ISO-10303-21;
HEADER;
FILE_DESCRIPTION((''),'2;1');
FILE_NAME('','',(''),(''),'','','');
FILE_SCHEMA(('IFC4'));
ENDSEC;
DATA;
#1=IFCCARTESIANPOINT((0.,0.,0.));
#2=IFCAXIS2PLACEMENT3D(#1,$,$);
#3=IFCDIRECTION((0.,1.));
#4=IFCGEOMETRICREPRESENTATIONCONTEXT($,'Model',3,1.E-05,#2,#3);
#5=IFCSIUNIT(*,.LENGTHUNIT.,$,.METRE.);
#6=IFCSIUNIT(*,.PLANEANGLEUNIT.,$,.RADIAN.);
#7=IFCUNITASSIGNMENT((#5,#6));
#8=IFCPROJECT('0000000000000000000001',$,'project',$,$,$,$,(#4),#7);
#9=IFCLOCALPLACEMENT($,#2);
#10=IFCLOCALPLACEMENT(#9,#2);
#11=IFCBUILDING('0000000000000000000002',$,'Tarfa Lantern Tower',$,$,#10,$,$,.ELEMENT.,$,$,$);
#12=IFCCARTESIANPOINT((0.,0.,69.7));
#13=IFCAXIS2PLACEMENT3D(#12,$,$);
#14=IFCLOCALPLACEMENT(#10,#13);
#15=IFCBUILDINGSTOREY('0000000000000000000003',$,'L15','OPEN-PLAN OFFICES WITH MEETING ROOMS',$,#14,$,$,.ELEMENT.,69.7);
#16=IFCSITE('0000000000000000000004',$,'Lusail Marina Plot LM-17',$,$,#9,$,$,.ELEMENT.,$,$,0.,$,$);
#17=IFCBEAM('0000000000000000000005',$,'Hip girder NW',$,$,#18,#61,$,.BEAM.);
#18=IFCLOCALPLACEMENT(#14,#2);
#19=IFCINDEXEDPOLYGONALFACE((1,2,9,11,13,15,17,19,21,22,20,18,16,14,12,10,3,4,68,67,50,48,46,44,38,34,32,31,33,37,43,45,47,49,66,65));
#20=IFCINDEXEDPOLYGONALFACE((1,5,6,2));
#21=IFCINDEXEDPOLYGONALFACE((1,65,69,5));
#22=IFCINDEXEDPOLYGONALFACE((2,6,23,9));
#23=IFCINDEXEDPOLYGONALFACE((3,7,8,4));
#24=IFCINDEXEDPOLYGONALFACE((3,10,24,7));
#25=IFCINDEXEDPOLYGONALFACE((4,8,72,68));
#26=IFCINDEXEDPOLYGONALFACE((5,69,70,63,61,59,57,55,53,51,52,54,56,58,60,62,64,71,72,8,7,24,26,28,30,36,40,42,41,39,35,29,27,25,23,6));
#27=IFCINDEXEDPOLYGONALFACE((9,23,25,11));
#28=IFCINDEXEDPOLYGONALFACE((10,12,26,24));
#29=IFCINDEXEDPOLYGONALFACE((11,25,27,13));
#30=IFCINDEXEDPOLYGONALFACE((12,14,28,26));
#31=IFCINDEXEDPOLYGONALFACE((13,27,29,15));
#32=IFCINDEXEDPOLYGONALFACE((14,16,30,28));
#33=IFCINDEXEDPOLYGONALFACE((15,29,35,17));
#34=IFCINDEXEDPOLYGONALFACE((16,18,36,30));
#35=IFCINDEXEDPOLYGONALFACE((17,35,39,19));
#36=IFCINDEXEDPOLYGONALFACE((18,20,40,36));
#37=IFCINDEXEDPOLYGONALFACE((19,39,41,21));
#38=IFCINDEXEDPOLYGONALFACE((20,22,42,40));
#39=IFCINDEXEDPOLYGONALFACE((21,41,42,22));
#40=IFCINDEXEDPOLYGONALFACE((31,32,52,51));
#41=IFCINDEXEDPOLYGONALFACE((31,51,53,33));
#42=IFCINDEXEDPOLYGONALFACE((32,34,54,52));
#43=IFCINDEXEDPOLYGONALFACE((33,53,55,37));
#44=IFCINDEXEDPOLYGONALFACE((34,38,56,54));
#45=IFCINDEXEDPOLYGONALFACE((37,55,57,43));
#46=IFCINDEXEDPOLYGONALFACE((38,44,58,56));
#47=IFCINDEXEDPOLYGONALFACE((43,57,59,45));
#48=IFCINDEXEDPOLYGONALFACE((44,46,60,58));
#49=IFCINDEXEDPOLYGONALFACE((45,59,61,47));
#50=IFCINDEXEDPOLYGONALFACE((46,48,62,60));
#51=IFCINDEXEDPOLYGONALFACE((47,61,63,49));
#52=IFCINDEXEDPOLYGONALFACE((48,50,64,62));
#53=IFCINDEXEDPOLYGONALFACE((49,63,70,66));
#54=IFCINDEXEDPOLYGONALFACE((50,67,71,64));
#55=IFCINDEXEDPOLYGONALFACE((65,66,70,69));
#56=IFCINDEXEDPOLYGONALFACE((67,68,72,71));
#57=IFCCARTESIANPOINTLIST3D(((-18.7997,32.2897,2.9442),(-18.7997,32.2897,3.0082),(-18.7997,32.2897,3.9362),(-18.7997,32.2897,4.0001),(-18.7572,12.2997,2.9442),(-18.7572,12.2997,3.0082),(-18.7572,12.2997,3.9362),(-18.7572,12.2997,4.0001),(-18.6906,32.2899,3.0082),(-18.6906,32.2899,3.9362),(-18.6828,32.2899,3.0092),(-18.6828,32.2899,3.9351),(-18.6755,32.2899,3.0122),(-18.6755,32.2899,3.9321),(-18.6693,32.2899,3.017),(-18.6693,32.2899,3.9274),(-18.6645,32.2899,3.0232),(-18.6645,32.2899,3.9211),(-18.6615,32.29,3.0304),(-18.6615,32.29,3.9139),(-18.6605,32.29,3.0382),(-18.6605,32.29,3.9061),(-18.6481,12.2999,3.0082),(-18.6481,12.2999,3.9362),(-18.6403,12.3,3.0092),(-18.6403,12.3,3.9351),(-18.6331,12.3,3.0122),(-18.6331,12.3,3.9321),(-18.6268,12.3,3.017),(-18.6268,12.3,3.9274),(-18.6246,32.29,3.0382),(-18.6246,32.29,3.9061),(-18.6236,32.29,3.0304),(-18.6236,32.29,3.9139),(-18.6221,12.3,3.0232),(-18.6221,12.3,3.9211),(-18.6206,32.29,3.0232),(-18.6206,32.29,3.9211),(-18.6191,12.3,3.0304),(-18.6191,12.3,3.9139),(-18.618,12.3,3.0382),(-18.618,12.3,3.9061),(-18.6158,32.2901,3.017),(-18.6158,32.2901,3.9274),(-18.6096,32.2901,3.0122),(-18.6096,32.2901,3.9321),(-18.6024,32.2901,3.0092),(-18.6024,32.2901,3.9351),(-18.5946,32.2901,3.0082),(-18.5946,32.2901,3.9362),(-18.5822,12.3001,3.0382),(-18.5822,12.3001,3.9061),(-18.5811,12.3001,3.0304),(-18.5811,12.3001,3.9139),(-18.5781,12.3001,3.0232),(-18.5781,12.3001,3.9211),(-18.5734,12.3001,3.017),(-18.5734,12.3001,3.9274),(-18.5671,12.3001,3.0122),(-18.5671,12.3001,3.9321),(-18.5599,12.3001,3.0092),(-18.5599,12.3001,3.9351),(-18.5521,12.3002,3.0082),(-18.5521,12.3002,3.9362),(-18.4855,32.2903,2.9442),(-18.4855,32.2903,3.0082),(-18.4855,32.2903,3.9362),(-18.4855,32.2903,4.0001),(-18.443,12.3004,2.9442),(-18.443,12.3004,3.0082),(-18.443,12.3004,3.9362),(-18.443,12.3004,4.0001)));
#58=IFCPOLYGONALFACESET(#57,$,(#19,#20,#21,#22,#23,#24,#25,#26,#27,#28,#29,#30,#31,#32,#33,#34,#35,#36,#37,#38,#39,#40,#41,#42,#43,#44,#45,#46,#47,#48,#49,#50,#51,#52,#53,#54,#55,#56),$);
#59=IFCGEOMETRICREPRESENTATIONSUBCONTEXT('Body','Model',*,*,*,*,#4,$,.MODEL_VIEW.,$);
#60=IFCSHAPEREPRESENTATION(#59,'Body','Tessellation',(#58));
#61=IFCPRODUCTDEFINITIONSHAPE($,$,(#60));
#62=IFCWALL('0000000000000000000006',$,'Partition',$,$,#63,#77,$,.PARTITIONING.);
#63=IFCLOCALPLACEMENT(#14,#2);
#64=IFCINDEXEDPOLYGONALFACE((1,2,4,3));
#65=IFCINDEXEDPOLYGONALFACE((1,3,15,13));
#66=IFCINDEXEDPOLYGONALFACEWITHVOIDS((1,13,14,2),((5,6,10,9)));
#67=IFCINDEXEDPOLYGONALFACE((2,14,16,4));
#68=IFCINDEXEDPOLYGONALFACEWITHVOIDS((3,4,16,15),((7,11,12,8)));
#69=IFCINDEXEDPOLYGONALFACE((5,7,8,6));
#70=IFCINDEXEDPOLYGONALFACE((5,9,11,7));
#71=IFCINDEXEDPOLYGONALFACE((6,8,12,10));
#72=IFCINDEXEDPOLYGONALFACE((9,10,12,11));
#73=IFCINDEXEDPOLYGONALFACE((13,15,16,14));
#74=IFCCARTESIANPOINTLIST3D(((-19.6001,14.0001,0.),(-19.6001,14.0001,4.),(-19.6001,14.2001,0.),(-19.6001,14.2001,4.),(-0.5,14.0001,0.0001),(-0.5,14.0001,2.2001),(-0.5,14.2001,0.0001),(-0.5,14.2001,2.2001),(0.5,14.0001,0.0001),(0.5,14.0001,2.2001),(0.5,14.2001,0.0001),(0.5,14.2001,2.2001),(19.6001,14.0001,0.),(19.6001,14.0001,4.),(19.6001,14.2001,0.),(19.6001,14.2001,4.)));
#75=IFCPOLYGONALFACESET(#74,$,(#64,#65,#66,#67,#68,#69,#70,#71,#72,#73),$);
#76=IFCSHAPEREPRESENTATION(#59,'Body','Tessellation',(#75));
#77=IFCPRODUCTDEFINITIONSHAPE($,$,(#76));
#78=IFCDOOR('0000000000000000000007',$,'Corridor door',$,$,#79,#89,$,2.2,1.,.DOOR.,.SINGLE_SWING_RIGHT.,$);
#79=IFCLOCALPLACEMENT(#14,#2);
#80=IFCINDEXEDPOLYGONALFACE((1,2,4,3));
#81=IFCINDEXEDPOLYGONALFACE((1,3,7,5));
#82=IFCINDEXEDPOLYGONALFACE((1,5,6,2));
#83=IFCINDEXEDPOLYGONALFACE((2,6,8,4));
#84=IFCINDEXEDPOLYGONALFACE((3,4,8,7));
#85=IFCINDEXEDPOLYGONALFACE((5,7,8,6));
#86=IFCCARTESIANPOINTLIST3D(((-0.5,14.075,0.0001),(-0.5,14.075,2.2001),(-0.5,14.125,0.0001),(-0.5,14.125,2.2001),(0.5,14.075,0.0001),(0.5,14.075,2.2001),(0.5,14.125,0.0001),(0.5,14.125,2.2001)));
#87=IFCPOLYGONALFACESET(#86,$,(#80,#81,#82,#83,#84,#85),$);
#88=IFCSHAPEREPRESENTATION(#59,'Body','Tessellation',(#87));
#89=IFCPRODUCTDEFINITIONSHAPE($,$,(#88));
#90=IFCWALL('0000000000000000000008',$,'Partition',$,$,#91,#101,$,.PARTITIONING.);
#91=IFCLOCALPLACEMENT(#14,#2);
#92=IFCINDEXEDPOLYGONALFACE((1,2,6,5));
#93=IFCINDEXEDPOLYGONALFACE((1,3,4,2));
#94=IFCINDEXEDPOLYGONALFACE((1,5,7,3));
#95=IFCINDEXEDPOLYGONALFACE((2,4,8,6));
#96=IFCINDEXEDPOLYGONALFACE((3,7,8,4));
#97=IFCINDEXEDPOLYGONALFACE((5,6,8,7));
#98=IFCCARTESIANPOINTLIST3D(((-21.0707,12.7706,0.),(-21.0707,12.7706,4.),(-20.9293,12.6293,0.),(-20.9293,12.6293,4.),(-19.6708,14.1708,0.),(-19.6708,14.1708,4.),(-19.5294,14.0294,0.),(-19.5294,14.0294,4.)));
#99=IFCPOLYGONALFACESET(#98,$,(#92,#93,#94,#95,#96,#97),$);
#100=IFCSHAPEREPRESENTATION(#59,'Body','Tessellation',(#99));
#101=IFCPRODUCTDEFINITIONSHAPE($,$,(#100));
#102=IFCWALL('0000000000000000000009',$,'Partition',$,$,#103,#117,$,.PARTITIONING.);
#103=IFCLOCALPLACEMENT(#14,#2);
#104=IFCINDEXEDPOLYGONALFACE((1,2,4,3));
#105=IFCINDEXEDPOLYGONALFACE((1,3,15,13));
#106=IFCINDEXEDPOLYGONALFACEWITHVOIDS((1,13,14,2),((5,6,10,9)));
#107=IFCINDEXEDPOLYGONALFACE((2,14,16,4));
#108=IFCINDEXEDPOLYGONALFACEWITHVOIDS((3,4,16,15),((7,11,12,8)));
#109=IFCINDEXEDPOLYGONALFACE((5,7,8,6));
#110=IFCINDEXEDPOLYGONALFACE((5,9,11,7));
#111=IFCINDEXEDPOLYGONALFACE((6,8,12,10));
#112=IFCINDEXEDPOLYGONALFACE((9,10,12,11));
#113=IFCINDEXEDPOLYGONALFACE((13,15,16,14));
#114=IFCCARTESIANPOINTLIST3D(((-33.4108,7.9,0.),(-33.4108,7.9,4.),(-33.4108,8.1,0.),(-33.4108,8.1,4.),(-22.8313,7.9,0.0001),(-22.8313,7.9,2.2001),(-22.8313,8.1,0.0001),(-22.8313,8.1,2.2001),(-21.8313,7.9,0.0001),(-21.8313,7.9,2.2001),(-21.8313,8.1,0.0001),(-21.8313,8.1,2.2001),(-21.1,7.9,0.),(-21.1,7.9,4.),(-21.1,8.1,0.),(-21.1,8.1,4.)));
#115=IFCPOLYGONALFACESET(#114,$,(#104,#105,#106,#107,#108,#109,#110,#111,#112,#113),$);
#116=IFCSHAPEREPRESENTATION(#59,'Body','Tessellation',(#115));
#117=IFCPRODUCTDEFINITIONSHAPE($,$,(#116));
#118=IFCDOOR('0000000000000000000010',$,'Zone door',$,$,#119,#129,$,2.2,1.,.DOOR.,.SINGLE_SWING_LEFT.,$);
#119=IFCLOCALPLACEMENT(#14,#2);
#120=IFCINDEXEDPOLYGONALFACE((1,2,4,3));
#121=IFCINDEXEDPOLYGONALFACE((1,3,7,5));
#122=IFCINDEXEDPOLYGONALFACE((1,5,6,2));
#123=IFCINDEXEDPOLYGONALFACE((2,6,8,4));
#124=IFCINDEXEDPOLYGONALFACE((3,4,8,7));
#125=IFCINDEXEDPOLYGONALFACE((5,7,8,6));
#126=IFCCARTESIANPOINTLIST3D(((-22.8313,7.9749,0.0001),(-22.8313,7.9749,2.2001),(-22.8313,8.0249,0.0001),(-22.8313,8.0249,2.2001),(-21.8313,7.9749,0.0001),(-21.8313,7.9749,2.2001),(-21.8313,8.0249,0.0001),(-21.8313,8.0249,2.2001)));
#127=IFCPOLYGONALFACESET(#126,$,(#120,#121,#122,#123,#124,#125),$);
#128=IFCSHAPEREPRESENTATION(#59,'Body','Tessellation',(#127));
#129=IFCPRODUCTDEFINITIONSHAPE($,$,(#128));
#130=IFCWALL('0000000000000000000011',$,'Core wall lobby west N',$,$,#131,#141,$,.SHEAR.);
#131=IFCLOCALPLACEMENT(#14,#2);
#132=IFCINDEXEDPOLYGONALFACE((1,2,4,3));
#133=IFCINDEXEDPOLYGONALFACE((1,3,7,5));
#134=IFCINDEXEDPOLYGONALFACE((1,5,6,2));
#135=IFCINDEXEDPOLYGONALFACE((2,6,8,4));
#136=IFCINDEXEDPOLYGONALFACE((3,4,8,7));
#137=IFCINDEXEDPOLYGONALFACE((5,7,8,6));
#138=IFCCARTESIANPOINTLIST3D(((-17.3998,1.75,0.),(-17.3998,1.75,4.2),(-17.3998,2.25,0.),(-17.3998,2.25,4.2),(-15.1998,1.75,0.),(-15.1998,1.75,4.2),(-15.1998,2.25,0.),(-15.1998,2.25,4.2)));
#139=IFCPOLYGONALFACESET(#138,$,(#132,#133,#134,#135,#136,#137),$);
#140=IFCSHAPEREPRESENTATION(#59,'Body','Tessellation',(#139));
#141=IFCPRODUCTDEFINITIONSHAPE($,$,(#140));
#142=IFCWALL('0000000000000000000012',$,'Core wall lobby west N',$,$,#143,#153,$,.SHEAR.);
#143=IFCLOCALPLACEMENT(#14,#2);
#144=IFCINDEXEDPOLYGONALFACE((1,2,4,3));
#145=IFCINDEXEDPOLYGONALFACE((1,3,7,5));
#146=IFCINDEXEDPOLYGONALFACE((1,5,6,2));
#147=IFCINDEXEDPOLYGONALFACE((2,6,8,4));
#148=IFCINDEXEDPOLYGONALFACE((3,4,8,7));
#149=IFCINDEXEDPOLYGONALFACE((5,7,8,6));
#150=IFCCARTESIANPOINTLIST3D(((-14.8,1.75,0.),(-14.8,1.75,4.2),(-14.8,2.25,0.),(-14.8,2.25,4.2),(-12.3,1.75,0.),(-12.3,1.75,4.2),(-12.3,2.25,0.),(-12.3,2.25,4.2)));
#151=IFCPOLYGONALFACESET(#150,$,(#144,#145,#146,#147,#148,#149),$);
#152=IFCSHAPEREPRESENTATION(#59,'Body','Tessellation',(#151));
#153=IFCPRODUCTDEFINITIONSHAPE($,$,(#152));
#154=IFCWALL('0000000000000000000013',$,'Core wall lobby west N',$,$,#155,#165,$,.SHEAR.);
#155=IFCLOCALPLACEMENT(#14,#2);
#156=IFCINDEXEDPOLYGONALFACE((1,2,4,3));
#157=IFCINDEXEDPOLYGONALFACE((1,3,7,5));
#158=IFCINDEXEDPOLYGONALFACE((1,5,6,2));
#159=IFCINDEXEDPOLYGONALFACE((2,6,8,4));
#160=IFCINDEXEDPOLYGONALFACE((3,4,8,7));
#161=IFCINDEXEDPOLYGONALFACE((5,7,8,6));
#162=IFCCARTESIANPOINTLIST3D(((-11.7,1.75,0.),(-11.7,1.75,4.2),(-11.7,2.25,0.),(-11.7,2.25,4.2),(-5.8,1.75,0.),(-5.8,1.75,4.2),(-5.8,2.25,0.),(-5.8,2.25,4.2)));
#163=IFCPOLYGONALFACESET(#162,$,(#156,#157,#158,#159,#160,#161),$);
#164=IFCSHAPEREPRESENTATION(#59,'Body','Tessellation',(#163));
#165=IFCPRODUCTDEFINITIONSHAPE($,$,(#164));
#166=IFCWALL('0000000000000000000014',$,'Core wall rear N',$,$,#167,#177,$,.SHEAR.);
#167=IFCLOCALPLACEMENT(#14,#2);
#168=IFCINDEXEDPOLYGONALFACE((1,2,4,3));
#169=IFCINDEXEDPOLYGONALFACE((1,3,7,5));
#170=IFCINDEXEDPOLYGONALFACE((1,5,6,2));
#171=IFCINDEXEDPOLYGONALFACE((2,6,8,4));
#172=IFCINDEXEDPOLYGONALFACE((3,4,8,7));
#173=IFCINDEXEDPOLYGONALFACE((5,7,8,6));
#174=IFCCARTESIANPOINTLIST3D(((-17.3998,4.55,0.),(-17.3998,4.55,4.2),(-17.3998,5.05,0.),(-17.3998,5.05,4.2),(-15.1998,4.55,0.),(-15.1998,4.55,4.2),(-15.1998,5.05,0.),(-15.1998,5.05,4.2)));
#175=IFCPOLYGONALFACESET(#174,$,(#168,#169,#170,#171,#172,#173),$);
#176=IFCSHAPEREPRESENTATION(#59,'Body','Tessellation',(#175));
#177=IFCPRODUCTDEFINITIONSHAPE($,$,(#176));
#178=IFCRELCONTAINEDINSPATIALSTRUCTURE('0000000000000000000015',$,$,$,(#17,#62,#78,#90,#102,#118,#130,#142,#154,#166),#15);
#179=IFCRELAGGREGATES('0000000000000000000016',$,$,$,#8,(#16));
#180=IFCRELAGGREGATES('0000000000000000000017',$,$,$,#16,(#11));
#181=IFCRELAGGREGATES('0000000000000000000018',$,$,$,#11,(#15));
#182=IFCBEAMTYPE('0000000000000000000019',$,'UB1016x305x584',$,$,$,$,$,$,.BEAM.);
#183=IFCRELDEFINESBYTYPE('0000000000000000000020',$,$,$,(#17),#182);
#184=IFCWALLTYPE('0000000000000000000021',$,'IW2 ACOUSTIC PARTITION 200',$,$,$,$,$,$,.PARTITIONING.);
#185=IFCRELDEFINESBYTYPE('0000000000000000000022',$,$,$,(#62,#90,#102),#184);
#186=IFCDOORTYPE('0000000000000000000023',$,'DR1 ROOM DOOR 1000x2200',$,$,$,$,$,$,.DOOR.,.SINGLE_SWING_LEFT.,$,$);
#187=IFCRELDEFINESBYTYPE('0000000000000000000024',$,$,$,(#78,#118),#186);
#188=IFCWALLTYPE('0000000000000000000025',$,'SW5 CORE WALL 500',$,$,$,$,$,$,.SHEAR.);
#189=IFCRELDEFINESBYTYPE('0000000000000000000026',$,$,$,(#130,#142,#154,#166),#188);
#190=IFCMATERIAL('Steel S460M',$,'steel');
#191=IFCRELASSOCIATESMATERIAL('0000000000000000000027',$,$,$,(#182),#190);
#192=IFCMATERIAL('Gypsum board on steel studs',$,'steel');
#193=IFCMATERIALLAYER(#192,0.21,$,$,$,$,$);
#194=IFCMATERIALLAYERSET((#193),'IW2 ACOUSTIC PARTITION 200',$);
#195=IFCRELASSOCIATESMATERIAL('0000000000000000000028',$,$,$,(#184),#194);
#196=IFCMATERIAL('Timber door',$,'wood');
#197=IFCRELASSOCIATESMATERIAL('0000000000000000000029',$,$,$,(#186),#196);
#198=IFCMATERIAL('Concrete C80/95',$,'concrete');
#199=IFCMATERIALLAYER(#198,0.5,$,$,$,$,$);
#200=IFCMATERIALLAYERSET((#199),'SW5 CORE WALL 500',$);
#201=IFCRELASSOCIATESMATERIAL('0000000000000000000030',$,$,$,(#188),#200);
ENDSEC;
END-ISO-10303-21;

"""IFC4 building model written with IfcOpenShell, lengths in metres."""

from ifc_helpers import new_model, si_unit, direction, frame, frame_2d, origin, origin_2d, place, context, subcontext, project, spatial, rectangle, i_section, extrude, material, layer, layer_set, material_profile, profile_set, type_object, element, fill, save


model = new_model("IFC4")

# Units and contexts
model_context = context("Model", 3, precision=1e-05, world=origin(), true_north=direction((0.0, 1.0)))
body_context = subcontext(model_context, "Body", "Model", "MODEL_VIEW")
ifc_project = project(units=[si_unit("LENGTHUNIT", "METRE"), si_unit("PLANEANGLEUNIT", "RADIAN")], contexts=[model_context])

# Site, building, storey
site_placement = place(None, origin())
site = spatial("IfcSite", under=ifc_project, at=site_placement, Name="Lusail Marina Plot LM-17", CompositionType="ELEMENT", RefElevation=0.0)
building_placement = place(site_placement, origin())
building = spatial("IfcBuilding", under=site, at=building_placement, Name="Tarfa Lantern Tower", CompositionType="ELEMENT")
storey_placement = place(building_placement, frame((0.0, 0.0, 69.7)))
storey = spatial("IfcBuildingStorey", under=building, at=storey_placement, Name="L15", Description="OPEN-PLAN OFFICES WITH MEETING ROOMS", CompositionType="ELEMENT", Elevation=69.7)

# Beam
ifc_material_1 = material(Name="Steel S460M", Category="steel")
ifc_material_profile = material_profile(ifc_material_1, i_section(OverallWidth=0.3142, OverallDepth=1.0559, WebThickness=0.0359, FlangeThickness=0.064, FilletRadius=0.03, at=origin_2d()), Name="UB1016x305x584")
ifc_profile_set = profile_set([ifc_material_profile], Name="Steel S460M")
beam_type = type_object("IfcBeamType", Name="UB1016x305x584", PredefinedType="BEAM", material=ifc_profile_set)
beam_placement = place(storey_placement, frame((-18.6001, 12.3, 3.4722), z_axis=(-0.002125, 0.999998, 0.0), x_axis=(-0.999998, -0.002125, 0.0)))
element("IfcBeam", 1, at=beam_placement, inside=storey, type_object=beam_type, Name="Hip girder NW", PredefinedType="BEAM", context=body_context, shape_type="SweptSolid", body=[
    extrude(i_section(OverallWidth=0.3142, OverallDepth=1.0559, WebThickness=0.0359, FlangeThickness=0.064, FilletRadius=0.03, at=origin_2d()), origin(), (0.0, 0.0, 1.0), 19.99),
])

# Wall, opening, door
ifc_material_2 = material(Name="Gypsum board on steel studs", Category="steel")
ifc_layer_1 = layer(ifc_material_2, 0.21)
ifc_layer_set_1 = layer_set([ifc_layer_1], Name="IW2 ACOUSTIC PARTITION 200")
wall_type_1 = type_object("IfcWallType", Name="IW2 ACOUSTIC PARTITION 200", PredefinedType="PARTITIONING", material=ifc_layer_set_1)
wall_1_placement = place(storey_placement, frame((-19.6001, 14.1001, 0.0), z_axis=(0.0, 0.0, 1.0), x_axis=(1.0, 0.0, 0.0)))
wall_1 = element("IfcWall", 2, at=wall_1_placement, inside=storey, type_object=wall_type_1, Name="Partition", PredefinedType="PARTITIONING", context=body_context, shape_type="SweptSolid", body=[
    extrude(rectangle(XDim=39.2002, YDim=0.2, at=frame_2d((19.6001, 0.0))), origin(), (0.0, 0.0, 1.0), 4.0),
])
opening_1_placement = place(wall_1_placement, frame((19.1001, 0.0, 0.0)))
opening_1 = element("IfcOpeningElement", 3, at=opening_1_placement, cuts=wall_1, PredefinedType="OPENING", context=body_context, shape_type="SweptSolid", body=[
    extrude(rectangle(XDim=1.0, YDim=2.2, at=frame_2d((0.5, 1.1001))), frame((0.0, 0.1099, 0.0), z_axis=(0.0, -1.0, 0.0), x_axis=(1.0, 0.0, 0.0)), (0.0, 0.0, 1.0), 0.22),
])
ifc_material_3 = material(Name="Timber door", Category="wood")
door_type_1 = type_object("IfcDoorType", Name="DR1 ROOM DOOR 1000x2200", OperationType="SINGLE_SWING_LEFT", PredefinedType="DOOR", material=ifc_material_3)
door_1_placement = place(opening_1_placement, origin())
door_1 = element("IfcDoor", 4, at=door_1_placement, inside=storey, type_object=door_type_1, Name="Corridor door", OperationType="SINGLE_SWING_RIGHT", OverallHeight=2.2, OverallWidth=1.0, PredefinedType="DOOR", context=body_context, shape_type="SweptSolid", body=[
    extrude(rectangle(XDim=1.0, YDim=2.2, at=frame_2d((0.5, 1.1001))), frame((0.0, 0.0249, 0.0), z_axis=(0.0, -1.0, 0.0), x_axis=(1.0, 0.0, 0.0)), (0.0, 0.0, 1.0), 0.05),
])
fill(opening_1, door_1)

# Wall
wall_2_placement = place(storey_placement, frame((-21.0, 12.7, 0.0), z_axis=(0.0, 0.0, 1.0), x_axis=(0.707045, 0.707168, 0.0)))
element("IfcWall", 5, at=wall_2_placement, inside=storey, type_object=wall_type_1, Name="Partition", PredefinedType="PARTITIONING", context=body_context, shape_type="SweptSolid", body=[
    extrude(rectangle(XDim=1.98, YDim=0.2, at=frame_2d((0.99, 0.0))), origin(), (0.0, 0.0, 1.0), 4.0),
])

# Wall, opening, door
wall_3_placement = place(storey_placement, frame((-21.1001, 8.0, 0.0), z_axis=(0.0, 0.0, 1.0), x_axis=(-1.0, 0.0, 0.0)))
wall_3 = element("IfcWall", 6, at=wall_3_placement, inside=storey, type_object=wall_type_1, Name="Partition", PredefinedType="PARTITIONING", context=body_context, shape_type="SweptSolid", body=[
    extrude(rectangle(XDim=12.3108, YDim=0.2, at=frame_2d((6.1553, 0.0))), origin(), (0.0, 0.0, 1.0), 4.0),
])
opening_2_placement = place(wall_3_placement, frame((0.7312, 0.0, 0.0)))
opening_2 = element("IfcOpeningElement", 7, at=opening_2_placement, cuts=wall_3, PredefinedType="OPENING", context=body_context, shape_type="SweptSolid", body=[
    extrude(rectangle(XDim=1.0, YDim=2.2, at=frame_2d((0.5, 1.1001))), frame((0.0, 0.1099, 0.0), z_axis=(0.0, -1.0, 0.0), x_axis=(1.0, 0.0, 0.0)), (0.0, 0.0, 1.0), 0.22),
])
door_2_placement = place(opening_2_placement, frame((1.0, 0.0, 0.0), z_axis=(0.0, 0.0, 1.0), x_axis=(-1.0, 0.0, 0.0)))
door_2 = element("IfcDoor", 8, at=door_2_placement, inside=storey, type_object=door_type_1, Name="Zone door", OperationType="SINGLE_SWING_LEFT", OverallHeight=2.2, OverallWidth=1.0, PredefinedType="DOOR", context=body_context, shape_type="SweptSolid", body=[
    extrude(rectangle(XDim=1.0, YDim=2.2, at=frame_2d((0.5, 1.1001))), frame((0.0, 0.0249, 0.0), z_axis=(0.0, -1.0, 0.0), x_axis=(1.0, 0.0, 0.0)), (0.0, 0.0, 1.0), 0.05),
])
fill(opening_2, door_2)
ifc_material_4 = material(Name="Concrete C80/95", Category="concrete")

# Walls
ifc_layer_2 = layer(ifc_material_4, 0.5)
ifc_layer_set_2 = layer_set([ifc_layer_2], Name="SW5 CORE WALL 500")
wall_type_2 = type_object("IfcWallType", Name="SW5 CORE WALL 500", PredefinedType="SHEAR", material=ifc_layer_set_2)
wall_4_placement = place(storey_placement, frame((-17.3999, 2.0, 0.0), z_axis=(0.0, 0.0, 1.0), x_axis=(1.0, 0.0, 0.0)))
element("IfcWall", 9, at=wall_4_placement, inside=storey, type_object=wall_type_2, Name="Core wall lobby west N", PredefinedType="SHEAR", context=body_context, shape_type="SweptSolid", body=[
    extrude(rectangle(XDim=2.2, YDim=0.5, at=frame_2d((1.1001, 0.0))), origin(), (0.0, 0.0, 1.0), 4.2),
])
wall_5_placement = place(storey_placement, frame((-14.8, 2.0, 0.0), z_axis=(0.0, 0.0, 1.0), x_axis=(1.0, 0.0, 0.0)))
element("IfcWall", 10, at=wall_5_placement, inside=storey, type_object=wall_type_2, Name="Core wall lobby west N", PredefinedType="SHEAR", context=body_context, shape_type="SweptSolid", body=[
    extrude(rectangle(XDim=2.5, YDim=0.5, at=frame_2d((1.25, 0.0))), origin(), (0.0, 0.0, 1.0), 4.2),
])
wall_6_placement = place(storey_placement, frame((-11.7, 2.0, 0.0), z_axis=(0.0, 0.0, 1.0), x_axis=(1.0, 0.0, 0.0)))
element("IfcWall", 11, at=wall_6_placement, inside=storey, type_object=wall_type_2, Name="Core wall lobby west N", PredefinedType="SHEAR", context=body_context, shape_type="SweptSolid", body=[
    extrude(rectangle(XDim=5.8999, YDim=0.5, at=frame_2d((2.95, 0.0))), origin(), (0.0, 0.0, 1.0), 4.2),
])
wall_7_placement = place(storey_placement, frame((-17.3999, 4.8, 0.0), z_axis=(0.0, 0.0, 1.0), x_axis=(1.0, 0.0, 0.0)))
element("IfcWall", 12, at=wall_7_placement, inside=storey, type_object=wall_type_2, Name="Core wall rear N", PredefinedType="SHEAR", context=body_context, shape_type="SweptSolid", body=[
    extrude(rectangle(XDim=2.2, YDim=0.5, at=frame_2d((1.1001, 0.0))), origin(), (0.0, 0.0, 1.0), 4.2),
])

save(model, "model.ifc")
